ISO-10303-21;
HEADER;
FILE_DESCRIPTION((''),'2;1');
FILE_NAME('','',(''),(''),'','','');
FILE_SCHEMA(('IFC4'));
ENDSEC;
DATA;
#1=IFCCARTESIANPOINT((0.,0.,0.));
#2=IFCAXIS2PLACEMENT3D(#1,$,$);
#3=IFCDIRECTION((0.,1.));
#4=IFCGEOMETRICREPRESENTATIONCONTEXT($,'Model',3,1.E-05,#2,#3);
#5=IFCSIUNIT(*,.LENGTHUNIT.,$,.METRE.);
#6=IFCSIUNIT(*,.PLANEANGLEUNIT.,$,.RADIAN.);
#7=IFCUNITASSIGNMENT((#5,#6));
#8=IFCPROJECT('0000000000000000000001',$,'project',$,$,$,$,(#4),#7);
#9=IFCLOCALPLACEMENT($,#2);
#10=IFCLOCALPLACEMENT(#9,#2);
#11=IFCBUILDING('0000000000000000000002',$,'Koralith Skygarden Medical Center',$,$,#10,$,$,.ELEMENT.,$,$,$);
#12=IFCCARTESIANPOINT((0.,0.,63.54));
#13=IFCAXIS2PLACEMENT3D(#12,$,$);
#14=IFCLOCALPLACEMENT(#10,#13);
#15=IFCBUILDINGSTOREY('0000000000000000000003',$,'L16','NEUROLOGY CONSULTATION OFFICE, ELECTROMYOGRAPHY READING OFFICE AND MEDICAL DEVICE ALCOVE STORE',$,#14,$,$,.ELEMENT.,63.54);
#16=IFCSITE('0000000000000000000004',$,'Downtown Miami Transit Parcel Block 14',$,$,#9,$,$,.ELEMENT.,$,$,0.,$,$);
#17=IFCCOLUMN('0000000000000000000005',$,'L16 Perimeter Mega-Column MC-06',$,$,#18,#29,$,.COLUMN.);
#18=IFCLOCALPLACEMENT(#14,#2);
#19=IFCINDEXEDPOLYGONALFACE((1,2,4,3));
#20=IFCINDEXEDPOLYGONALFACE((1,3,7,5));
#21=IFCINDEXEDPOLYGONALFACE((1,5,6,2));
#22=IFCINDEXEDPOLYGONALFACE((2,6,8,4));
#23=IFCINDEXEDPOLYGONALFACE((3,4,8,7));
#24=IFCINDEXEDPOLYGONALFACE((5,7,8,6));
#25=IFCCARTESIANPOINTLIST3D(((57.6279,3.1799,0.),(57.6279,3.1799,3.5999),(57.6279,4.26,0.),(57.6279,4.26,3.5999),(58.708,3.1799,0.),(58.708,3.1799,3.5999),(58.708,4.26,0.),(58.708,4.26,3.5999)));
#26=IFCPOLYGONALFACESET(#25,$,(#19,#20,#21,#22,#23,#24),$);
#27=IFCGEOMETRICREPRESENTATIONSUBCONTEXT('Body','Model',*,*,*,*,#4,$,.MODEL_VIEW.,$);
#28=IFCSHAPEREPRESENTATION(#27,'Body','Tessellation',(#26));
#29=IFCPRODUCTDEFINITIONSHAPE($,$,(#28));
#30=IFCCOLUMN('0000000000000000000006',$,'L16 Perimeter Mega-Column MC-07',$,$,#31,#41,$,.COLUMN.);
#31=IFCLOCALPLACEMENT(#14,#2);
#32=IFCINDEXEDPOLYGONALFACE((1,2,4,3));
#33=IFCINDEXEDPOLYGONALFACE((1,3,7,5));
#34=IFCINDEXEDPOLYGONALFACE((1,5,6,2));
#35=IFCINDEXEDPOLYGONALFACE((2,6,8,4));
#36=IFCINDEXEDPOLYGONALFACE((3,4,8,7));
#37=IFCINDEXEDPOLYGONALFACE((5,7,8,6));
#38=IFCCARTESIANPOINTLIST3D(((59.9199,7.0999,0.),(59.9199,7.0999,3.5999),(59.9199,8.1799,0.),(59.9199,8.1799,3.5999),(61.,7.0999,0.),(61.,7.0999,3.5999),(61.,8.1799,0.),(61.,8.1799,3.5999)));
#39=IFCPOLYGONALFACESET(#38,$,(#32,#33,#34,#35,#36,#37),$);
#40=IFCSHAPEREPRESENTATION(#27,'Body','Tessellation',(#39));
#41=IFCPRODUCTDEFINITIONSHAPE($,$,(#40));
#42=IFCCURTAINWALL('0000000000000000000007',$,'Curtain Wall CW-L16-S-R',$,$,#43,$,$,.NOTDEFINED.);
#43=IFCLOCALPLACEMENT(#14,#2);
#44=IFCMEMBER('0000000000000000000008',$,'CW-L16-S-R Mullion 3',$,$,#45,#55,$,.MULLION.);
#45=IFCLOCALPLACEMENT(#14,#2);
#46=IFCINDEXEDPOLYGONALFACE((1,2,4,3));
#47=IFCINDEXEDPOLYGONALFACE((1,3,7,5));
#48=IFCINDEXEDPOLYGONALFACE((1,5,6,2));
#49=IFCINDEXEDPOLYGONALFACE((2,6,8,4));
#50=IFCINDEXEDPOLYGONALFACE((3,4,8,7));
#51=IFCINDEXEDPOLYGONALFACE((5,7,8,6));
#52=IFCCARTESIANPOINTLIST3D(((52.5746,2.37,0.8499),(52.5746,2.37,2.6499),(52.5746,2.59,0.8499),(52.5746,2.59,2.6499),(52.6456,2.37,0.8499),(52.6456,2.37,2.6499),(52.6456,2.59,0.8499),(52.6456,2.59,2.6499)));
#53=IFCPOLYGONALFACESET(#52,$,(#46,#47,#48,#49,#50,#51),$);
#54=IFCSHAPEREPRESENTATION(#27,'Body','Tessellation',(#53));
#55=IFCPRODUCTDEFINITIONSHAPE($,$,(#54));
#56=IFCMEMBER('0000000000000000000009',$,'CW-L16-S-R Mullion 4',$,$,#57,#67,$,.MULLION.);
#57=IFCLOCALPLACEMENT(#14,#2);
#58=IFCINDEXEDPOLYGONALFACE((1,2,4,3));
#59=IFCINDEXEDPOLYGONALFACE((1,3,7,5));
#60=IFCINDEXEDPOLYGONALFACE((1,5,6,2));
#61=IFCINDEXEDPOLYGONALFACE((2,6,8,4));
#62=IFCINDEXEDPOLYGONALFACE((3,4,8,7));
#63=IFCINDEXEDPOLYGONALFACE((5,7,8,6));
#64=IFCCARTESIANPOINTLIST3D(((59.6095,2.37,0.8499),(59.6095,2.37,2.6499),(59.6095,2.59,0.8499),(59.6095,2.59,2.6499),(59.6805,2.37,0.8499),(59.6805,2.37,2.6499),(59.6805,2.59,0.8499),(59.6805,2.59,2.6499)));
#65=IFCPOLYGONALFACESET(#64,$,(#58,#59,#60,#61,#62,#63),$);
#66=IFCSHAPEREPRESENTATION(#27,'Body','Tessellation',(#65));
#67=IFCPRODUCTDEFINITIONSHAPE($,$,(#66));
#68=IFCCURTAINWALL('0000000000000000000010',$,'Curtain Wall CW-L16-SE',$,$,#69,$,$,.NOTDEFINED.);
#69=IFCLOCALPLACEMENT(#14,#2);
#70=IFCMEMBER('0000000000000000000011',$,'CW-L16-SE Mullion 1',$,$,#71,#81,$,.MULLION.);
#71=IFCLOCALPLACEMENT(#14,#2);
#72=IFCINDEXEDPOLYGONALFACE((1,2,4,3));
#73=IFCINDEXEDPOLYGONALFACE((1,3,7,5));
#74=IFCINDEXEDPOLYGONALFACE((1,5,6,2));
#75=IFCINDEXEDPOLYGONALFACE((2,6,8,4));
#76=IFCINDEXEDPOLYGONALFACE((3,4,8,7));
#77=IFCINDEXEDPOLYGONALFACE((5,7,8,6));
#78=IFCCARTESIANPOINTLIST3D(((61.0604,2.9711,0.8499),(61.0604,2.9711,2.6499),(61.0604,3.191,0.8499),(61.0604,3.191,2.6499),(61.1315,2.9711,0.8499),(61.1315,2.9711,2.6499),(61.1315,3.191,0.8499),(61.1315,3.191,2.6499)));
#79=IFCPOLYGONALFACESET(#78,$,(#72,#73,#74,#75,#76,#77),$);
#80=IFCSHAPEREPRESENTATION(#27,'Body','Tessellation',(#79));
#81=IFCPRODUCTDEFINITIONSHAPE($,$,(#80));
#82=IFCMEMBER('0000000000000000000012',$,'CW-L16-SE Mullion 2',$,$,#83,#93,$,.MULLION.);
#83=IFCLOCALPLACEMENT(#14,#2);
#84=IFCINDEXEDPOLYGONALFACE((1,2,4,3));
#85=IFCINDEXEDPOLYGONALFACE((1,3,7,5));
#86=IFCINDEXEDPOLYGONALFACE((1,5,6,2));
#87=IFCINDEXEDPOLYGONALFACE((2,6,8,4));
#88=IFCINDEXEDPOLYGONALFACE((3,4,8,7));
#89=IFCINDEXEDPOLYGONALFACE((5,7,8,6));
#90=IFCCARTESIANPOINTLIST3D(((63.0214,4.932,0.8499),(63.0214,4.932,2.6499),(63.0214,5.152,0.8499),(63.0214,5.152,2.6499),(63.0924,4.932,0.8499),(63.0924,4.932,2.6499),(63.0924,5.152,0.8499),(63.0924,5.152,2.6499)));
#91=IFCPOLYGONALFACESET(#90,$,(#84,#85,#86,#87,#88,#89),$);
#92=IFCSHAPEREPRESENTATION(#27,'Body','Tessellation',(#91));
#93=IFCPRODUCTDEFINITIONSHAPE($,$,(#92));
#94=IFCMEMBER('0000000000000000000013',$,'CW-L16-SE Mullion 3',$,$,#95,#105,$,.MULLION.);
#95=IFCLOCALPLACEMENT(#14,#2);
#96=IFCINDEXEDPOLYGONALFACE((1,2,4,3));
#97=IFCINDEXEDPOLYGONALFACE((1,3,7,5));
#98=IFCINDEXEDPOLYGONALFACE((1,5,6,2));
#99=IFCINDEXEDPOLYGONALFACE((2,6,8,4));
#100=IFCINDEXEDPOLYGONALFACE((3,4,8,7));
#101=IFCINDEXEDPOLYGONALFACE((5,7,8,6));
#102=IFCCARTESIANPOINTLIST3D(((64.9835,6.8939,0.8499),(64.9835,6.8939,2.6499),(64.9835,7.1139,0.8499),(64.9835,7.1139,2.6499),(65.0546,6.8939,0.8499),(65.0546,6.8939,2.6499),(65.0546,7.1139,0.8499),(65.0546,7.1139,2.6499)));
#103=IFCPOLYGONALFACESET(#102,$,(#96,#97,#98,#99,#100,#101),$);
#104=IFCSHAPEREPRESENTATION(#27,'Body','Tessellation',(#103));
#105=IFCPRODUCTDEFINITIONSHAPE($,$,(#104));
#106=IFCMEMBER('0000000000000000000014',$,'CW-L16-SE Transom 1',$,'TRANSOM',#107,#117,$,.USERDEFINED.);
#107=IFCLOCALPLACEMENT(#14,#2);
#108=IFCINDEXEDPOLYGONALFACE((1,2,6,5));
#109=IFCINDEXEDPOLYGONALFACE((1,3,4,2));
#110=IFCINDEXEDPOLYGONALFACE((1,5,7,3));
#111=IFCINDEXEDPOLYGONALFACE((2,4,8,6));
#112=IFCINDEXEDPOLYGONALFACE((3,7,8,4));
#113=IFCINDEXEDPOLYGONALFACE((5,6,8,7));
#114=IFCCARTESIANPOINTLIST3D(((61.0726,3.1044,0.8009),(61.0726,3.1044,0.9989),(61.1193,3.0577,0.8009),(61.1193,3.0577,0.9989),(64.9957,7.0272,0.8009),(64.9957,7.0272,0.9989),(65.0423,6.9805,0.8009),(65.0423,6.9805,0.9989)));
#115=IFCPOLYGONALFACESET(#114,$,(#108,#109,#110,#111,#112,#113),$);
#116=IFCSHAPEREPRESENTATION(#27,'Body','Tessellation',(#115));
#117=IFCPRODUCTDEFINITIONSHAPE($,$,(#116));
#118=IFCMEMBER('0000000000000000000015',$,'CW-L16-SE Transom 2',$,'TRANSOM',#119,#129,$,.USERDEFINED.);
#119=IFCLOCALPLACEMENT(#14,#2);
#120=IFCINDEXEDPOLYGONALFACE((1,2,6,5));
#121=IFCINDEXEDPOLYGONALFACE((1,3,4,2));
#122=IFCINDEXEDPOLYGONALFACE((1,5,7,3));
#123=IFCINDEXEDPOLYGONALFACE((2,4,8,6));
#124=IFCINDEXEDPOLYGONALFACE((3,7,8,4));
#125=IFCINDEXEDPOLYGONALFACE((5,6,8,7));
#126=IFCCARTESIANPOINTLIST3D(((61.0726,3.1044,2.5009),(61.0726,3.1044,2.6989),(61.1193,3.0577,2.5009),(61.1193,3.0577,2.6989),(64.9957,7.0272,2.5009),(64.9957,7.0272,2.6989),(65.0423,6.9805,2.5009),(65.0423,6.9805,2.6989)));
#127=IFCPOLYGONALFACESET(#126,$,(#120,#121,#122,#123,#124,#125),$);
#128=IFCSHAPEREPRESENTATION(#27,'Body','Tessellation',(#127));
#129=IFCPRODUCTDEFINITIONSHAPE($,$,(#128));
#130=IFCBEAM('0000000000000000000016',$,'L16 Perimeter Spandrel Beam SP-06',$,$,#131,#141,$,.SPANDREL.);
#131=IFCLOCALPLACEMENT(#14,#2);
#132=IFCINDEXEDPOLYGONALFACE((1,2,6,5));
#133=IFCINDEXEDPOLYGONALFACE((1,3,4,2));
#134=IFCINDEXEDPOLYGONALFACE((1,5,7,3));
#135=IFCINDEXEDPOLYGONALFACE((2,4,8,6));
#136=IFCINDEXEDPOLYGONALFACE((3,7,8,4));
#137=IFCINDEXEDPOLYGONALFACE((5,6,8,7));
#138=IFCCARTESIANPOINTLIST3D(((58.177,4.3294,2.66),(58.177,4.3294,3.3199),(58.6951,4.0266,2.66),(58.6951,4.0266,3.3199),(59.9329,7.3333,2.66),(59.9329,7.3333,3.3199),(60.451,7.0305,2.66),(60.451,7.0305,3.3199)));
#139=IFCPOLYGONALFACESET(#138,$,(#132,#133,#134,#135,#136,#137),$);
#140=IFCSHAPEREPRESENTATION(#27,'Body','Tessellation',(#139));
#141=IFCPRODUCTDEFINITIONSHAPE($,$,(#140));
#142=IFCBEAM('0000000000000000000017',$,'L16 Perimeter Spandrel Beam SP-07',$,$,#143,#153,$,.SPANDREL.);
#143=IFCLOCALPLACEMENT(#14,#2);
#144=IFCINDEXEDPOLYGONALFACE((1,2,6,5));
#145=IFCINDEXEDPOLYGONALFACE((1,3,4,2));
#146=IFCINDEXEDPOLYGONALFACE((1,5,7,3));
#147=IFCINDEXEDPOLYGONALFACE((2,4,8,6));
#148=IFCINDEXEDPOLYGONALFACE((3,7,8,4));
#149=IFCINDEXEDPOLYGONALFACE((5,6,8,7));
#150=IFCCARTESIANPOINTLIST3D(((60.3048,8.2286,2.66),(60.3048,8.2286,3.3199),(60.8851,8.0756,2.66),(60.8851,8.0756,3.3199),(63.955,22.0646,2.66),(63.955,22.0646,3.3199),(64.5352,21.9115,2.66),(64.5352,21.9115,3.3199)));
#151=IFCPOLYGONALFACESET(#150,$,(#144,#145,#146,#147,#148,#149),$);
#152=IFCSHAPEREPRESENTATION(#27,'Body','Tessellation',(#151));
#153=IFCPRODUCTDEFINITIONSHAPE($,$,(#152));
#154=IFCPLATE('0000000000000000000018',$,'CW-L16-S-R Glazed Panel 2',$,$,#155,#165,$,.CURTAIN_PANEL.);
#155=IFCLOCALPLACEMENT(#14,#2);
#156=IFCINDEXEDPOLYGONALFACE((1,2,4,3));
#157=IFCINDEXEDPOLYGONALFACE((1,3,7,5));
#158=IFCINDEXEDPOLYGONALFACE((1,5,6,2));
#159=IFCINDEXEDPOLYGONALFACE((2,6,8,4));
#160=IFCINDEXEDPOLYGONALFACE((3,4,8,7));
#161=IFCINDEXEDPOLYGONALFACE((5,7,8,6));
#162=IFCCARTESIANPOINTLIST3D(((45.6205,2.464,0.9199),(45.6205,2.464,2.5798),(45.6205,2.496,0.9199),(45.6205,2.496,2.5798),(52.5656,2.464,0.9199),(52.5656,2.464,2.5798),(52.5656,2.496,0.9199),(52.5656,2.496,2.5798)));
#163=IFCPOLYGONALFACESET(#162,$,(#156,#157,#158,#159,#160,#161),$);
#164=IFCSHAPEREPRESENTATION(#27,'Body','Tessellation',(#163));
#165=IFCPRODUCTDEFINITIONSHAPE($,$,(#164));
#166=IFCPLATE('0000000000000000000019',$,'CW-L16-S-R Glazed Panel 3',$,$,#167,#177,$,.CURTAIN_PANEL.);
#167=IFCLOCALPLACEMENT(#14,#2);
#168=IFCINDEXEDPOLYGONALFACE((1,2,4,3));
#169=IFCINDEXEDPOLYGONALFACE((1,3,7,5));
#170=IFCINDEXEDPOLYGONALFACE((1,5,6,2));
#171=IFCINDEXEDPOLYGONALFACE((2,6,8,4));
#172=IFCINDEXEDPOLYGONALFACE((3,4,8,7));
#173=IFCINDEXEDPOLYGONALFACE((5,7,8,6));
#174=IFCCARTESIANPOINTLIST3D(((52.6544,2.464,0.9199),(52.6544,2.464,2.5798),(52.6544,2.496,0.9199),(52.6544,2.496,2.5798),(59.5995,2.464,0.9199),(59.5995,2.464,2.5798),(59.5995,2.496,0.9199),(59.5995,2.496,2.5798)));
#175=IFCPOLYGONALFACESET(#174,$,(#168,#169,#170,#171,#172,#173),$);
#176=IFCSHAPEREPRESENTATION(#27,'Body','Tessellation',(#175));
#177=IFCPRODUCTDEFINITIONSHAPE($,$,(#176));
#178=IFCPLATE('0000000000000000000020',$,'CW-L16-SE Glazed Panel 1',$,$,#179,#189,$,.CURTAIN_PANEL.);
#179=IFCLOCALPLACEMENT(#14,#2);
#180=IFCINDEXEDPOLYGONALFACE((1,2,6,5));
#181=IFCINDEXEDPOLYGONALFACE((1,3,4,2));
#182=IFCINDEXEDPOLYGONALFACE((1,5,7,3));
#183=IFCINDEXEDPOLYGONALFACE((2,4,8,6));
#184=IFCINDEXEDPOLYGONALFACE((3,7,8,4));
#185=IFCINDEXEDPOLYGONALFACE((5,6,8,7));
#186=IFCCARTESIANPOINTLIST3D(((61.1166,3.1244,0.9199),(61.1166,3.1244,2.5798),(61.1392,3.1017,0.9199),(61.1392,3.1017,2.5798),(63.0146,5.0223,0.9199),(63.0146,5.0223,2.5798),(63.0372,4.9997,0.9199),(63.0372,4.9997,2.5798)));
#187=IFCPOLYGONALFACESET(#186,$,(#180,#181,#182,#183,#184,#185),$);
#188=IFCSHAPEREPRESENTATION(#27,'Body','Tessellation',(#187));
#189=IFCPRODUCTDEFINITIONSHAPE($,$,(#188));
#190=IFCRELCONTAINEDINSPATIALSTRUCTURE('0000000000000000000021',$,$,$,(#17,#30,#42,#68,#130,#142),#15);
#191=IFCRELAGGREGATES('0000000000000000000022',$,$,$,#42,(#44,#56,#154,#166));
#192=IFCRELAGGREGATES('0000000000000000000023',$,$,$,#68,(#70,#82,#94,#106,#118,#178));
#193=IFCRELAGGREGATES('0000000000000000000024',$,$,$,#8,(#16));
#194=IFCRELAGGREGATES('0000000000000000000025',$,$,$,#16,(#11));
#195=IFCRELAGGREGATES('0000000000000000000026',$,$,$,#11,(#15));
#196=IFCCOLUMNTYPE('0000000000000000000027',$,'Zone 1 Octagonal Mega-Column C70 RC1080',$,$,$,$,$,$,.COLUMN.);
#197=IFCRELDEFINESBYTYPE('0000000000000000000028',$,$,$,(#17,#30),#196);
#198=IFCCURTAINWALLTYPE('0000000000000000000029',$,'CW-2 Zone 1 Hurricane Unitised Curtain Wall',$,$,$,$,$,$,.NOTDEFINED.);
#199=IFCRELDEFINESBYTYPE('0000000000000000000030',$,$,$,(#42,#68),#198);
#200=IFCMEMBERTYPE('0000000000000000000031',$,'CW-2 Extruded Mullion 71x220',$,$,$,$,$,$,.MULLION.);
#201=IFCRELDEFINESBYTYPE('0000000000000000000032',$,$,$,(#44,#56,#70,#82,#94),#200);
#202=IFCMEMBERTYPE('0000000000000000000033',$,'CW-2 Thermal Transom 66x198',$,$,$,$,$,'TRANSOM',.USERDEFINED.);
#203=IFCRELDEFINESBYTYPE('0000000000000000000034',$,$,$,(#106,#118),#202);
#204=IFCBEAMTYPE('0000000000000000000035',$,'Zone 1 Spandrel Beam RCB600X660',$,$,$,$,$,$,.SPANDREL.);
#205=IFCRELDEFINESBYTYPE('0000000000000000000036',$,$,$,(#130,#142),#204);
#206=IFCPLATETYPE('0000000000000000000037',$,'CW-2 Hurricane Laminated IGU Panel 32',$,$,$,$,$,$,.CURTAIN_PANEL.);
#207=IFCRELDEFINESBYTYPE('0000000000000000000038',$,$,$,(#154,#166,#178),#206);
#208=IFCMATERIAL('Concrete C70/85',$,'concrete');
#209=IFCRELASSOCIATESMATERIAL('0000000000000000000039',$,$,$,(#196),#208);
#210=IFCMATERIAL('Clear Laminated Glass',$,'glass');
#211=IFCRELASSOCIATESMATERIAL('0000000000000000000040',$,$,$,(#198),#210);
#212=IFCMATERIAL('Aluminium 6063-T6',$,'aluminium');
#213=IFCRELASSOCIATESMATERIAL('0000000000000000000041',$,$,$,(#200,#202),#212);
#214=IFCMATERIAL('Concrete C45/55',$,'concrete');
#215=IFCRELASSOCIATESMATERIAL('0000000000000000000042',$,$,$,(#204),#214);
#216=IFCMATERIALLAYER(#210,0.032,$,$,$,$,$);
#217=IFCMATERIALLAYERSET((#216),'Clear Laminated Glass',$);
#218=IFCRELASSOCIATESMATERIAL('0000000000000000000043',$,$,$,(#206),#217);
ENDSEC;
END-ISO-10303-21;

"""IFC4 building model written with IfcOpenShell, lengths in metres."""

from ifc_helpers import new_model, si_unit, direction, frame, origin, origin_2d, place, context, subcontext, project, spatial, rectangle, extrude, material, layer, layer_set, material_profile, profile_set, type_object, element, aggregate, save


model = new_model("IFC4")

# Units and contexts
model_context = context("Model", 3, precision=1e-05, world=origin(), true_north=direction((0.0, 1.0)))
body_context = subcontext(model_context, "Body", "Model", "MODEL_VIEW")
ifc_project = project(units=[si_unit("LENGTHUNIT", "METRE"), si_unit("PLANEANGLEUNIT", "RADIAN")], contexts=[model_context])

# Site, building, storey
site_placement = place(None, origin())
site = spatial("IfcSite", under=ifc_project, at=site_placement, Name="Downtown Miami Transit Parcel Block 14", CompositionType="ELEMENT", RefElevation=0.0)
building_placement = place(site_placement, origin())
building = spatial("IfcBuilding", under=site, at=building_placement, Name="Koralith Skygarden Medical Center", CompositionType="ELEMENT")
storey_placement = place(building_placement, frame((0.0, 0.0, 63.54)))
storey = spatial("IfcBuildingStorey", under=building, at=storey_placement, Name="L16", Description="NEUROLOGY CONSULTATION OFFICE, ELECTROMYOGRAPHY READING OFFICE AND MEDICAL DEVICE ALCOVE STORE", CompositionType="ELEMENT", Elevation=63.54)

# Columns
ifc_material_1 = material(Name="Concrete C70/85", Category="concrete")
ifc_material_profile_1 = material_profile(ifc_material_1, rectangle(XDim=1.0801, YDim=1.0801, at=origin_2d()), Name="RC1080X1080")
ifc_profile_set_1 = profile_set([ifc_material_profile_1], Name="Concrete C70/85")
column_type = type_object("IfcColumnType", Name="Zone 1 Octagonal Mega-Column C70 RC1080", PredefinedType="COLUMN", material=ifc_profile_set_1)
for number, where, z_axis, x_axis, name in (
    (1, (58.168, 3.72, 0.0), (0.0, 0.0, 1.0), (1.0, 0.0, 0.0), "L16 Perimeter Mega-Column MC-06"),
    (2, (60.46, 7.6399, 0.0), (0.0, 0.0, 1.0), (1.0, 0.0, 0.0), "L16 Perimeter Mega-Column MC-07"),
):
    element("IfcColumn", number, at=place(storey_placement, frame(where, z_axis=z_axis, x_axis=x_axis)), inside=storey, type_object=column_type, Name=name, PredefinedType="COLUMN", context=body_context, shape_type="SweptSolid", body=[
        extrude(rectangle(XDim=1.0801, YDim=1.0801, at=origin_2d()), origin(), (0.0, 0.0, 1.0), 3.5999),
    ])

# Curtain walls, members
ifc_material_2 = material(Name="Clear Laminated Glass", Category="glass")
curtain_wall_type = type_object("IfcCurtainWallType", Name="CW-2 Zone 1 Hurricane Unitised Curtain Wall", PredefinedType="NOTDEFINED", material=ifc_material_2)
curtain_wall_1_placement = place(storey_placement, origin())
curtain_wall_1 = element("IfcCurtainWall", 3, at=curtain_wall_1_placement, inside=storey, type_object=curtain_wall_type, Name="Curtain Wall CW-L16-S-R", PredefinedType="NOTDEFINED")
ifc_material_3 = material(Name="Aluminium 6063-T6", Category="aluminium")
ifc_material_profile_2 = material_profile(ifc_material_3, rectangle(XDim=0.071, YDim=0.22, at=origin_2d()), Name="MUL71X220")
ifc_profile_set_2 = profile_set([ifc_material_profile_2], Name="Aluminium 6063-T6")
member_type_1 = type_object("IfcMemberType", Name="CW-2 Extruded Mullion 71x220", PredefinedType="MULLION", material=ifc_profile_set_2)
member_1_placement = place(storey_placement, frame((52.6101, 2.48, 0.8499), z_axis=(0.0, 0.0, 1.0), x_axis=(1.0, 0.0, 0.0)))
member_1 = element("IfcMember", 4, at=member_1_placement, type_object=member_type_1, Name="CW-L16-S-R Mullion 3", PredefinedType="MULLION", context=body_context, shape_type="SweptSolid", body=[
    extrude(rectangle(XDim=0.071, YDim=0.22, at=origin_2d()), origin(), (0.0, 0.0, 1.0), 1.8),
])
member_2_placement = place(storey_placement, frame((59.645, 2.48, 0.8499), z_axis=(0.0, 0.0, 1.0), x_axis=(1.0, 0.0, 0.0)))
member_2 = element("IfcMember", 5, at=member_2_placement, type_object=member_type_1, Name="CW-L16-S-R Mullion 4", PredefinedType="MULLION", context=body_context, shape_type="SweptSolid", body=[
    extrude(rectangle(XDim=0.071, YDim=0.22, at=origin_2d()), origin(), (0.0, 0.0, 1.0), 1.8),
])
curtain_wall_2_placement = place(storey_placement, origin())
curtain_wall_2 = element("IfcCurtainWall", 6, at=curtain_wall_2_placement, inside=storey, type_object=curtain_wall_type, Name="Curtain Wall CW-L16-SE", PredefinedType="NOTDEFINED")
member_3_placement = place(storey_placement, frame((61.0959, 3.0811, 0.8499), z_axis=(0.0, 0.0, 1.0), x_axis=(1.0, 0.0, 0.0)))
member_3 = element("IfcMember", 7, at=member_3_placement, type_object=member_type_1, Name="CW-L16-SE Mullion 1", PredefinedType="MULLION", context=body_context, shape_type="SweptSolid", body=[
    extrude(rectangle(XDim=0.071, YDim=0.22, at=origin_2d()), origin(), (0.0, 0.0, 1.0), 1.8),
])
member_4_placement = place(storey_placement, frame((63.0569, 5.042, 0.8499), z_axis=(0.0, 0.0, 1.0), x_axis=(1.0, 0.0, 0.0)))
member_4 = element("IfcMember", 8, at=member_4_placement, type_object=member_type_1, Name="CW-L16-SE Mullion 2", PredefinedType="MULLION", context=body_context, shape_type="SweptSolid", body=[
    extrude(rectangle(XDim=0.071, YDim=0.22, at=origin_2d()), origin(), (0.0, 0.0, 1.0), 1.8),
])
member_5_placement = place(storey_placement, frame((65.019, 7.0039, 0.8499), z_axis=(0.0, 0.0, 1.0), x_axis=(1.0, 0.0, 0.0)))
member_5 = element("IfcMember", 9, at=member_5_placement, type_object=member_type_1, Name="CW-L16-SE Mullion 3", PredefinedType="MULLION", context=body_context, shape_type="SweptSolid", body=[
    extrude(rectangle(XDim=0.071, YDim=0.22, at=origin_2d()), origin(), (0.0, 0.0, 1.0), 1.8),
])
ifc_material_profile_3 = material_profile(ifc_material_3, rectangle(XDim=0.0659, YDim=0.198, at=origin_2d()), Name="TRN66X198")
ifc_profile_set_3 = profile_set([ifc_material_profile_3], Name="Aluminium 6063-T6")
member_type_2 = type_object("IfcMemberType", Name="CW-2 Thermal Transom 66x198", ElementType="TRANSOM", PredefinedType="USERDEFINED", material=ifc_profile_set_3)
member_6_placement = place(storey_placement, frame((61.0959, 3.0811, 0.8999), z_axis=(0.707129, 0.707085, 0.0), x_axis=(-0.707085, 0.707129, 0.0)))
member_6 = element("IfcMember", 10, at=member_6_placement, type_object=member_type_2, Name="CW-L16-SE Transom 1", ObjectType="TRANSOM", PredefinedType="USERDEFINED", context=body_context, shape_type="SweptSolid", body=[
    extrude(rectangle(XDim=0.0659, YDim=0.198, at=origin_2d()), origin(), (0.0, 0.0, 1.0), 5.5479),
])
member_7_placement = place(storey_placement, frame((61.0959, 3.0811, 2.5999), z_axis=(0.707129, 0.707085, 0.0), x_axis=(-0.707085, 0.707129, 0.0)))
member_7 = element("IfcMember", 11, at=member_7_placement, type_object=member_type_2, Name="CW-L16-SE Transom 2", ObjectType="TRANSOM", PredefinedType="USERDEFINED", context=body_context, shape_type="SweptSolid", body=[
    extrude(rectangle(XDim=0.0659, YDim=0.198, at=origin_2d()), origin(), (0.0, 0.0, 1.0), 5.5479),
])

# Beams
ifc_material_4 = material(Name="Concrete C45/55", Category="concrete")
ifc_material_profile_4 = material_profile(ifc_material_4, rectangle(XDim=0.6001, YDim=0.6599, at=origin_2d()), Name="RCB600X660")
ifc_profile_set_4 = profile_set([ifc_material_profile_4], Name="Concrete C45/55")
beam_type = type_object("IfcBeamType", Name="Zone 1 Spandrel Beam RCB600X660", PredefinedType="SPANDREL", material=ifc_profile_set_4)
beam_1_placement = place(storey_placement, frame((58.436, 4.178, 2.99), z_axis=(0.504639, 0.863331, 0.0), x_axis=(-0.863331, 0.504639, 0.0)))
element("IfcBeam", 12, at=beam_1_placement, inside=storey, type_object=beam_type, Name="L16 Perimeter Spandrel Beam SP-06", PredefinedType="SPANDREL", context=body_context, shape_type="SweptSolid", body=[
    extrude(rectangle(XDim=0.6001, YDim=0.6599, at=origin_2d()), origin(), (0.0, 0.0, 1.0), 3.4795),
])
beam_2_placement = place(storey_placement, frame((60.595, 8.1521, 2.99), z_axis=(0.255089, 0.966918, 0.0), x_axis=(-0.966918, 0.255089, 0.0)))
element("IfcBeam", 13, at=beam_2_placement, inside=storey, type_object=beam_type, Name="L16 Perimeter Spandrel Beam SP-07", PredefinedType="SPANDREL", context=body_context, shape_type="SweptSolid", body=[
    extrude(rectangle(XDim=0.6001, YDim=0.6599, at=origin_2d()), origin(), (0.0, 0.0, 1.0), 14.3093),
])

# Plates
ifc_layer_1 = layer(ifc_material_2, 0.032)
ifc_layer_set_1 = layer_set([ifc_layer_1], Name="Clear Laminated Glass")
plate_type_1 = type_object("IfcPlateType", Name="CW-2 Hurricane Laminated IGU Panel 32", PredefinedType="CURTAIN_PANEL", material=ifc_layer_set_1)
plate_1_placement = place(storey_placement, frame((49.093, 2.48, 0.9199), z_axis=(0.0, 0.0, 1.0), x_axis=(1.0, 0.0, 0.0)))
plate_1 = element("IfcPlate", 14, at=plate_1_placement, type_object=plate_type_1, Name="CW-L16-S-R Glazed Panel 2", PredefinedType="CURTAIN_PANEL", context=body_context, shape_type="SweptSolid", body=[
    extrude(rectangle(XDim=6.9451, YDim=0.032, at=origin_2d()), origin(), (0.0, 0.0, 1.0), 1.6599),
])
plate_2_placement = place(storey_placement, frame((56.127, 2.48, 0.9199), z_axis=(0.0, 0.0, 1.0), x_axis=(1.0, 0.0, 0.0)))
plate_2 = element("IfcPlate", 15, at=plate_2_placement, type_object=plate_type_1, Name="CW-L16-S-R Glazed Panel 3", PredefinedType="CURTAIN_PANEL", context=body_context, shape_type="SweptSolid", body=[
    extrude(rectangle(XDim=6.9451, YDim=0.032, at=origin_2d()), origin(), (0.0, 0.0, 1.0), 1.6599),
])
aggregate(curtain_wall_1, [member_1, member_2, plate_1, plate_2])
plate_3_placement = place(storey_placement, frame((62.0769, 4.062, 0.9199), z_axis=(0.0, 0.0, 1.0), x_axis=(0.707107, 0.707107, 0.0)))
plate_3 = element("IfcPlate", 16, at=plate_3_placement, type_object=plate_type_1, Name="CW-L16-SE Glazed Panel 1", PredefinedType="CURTAIN_PANEL", context=body_context, shape_type="SweptSolid", body=[
    extrude(rectangle(XDim=2.6841, YDim=0.032, at=origin_2d()), origin(), (0.0, 0.0, 1.0), 1.6599),
])
aggregate(curtain_wall_2, [member_3, member_4, member_5, member_6, member_7, plate_3])

save(model, "model.ifc")
